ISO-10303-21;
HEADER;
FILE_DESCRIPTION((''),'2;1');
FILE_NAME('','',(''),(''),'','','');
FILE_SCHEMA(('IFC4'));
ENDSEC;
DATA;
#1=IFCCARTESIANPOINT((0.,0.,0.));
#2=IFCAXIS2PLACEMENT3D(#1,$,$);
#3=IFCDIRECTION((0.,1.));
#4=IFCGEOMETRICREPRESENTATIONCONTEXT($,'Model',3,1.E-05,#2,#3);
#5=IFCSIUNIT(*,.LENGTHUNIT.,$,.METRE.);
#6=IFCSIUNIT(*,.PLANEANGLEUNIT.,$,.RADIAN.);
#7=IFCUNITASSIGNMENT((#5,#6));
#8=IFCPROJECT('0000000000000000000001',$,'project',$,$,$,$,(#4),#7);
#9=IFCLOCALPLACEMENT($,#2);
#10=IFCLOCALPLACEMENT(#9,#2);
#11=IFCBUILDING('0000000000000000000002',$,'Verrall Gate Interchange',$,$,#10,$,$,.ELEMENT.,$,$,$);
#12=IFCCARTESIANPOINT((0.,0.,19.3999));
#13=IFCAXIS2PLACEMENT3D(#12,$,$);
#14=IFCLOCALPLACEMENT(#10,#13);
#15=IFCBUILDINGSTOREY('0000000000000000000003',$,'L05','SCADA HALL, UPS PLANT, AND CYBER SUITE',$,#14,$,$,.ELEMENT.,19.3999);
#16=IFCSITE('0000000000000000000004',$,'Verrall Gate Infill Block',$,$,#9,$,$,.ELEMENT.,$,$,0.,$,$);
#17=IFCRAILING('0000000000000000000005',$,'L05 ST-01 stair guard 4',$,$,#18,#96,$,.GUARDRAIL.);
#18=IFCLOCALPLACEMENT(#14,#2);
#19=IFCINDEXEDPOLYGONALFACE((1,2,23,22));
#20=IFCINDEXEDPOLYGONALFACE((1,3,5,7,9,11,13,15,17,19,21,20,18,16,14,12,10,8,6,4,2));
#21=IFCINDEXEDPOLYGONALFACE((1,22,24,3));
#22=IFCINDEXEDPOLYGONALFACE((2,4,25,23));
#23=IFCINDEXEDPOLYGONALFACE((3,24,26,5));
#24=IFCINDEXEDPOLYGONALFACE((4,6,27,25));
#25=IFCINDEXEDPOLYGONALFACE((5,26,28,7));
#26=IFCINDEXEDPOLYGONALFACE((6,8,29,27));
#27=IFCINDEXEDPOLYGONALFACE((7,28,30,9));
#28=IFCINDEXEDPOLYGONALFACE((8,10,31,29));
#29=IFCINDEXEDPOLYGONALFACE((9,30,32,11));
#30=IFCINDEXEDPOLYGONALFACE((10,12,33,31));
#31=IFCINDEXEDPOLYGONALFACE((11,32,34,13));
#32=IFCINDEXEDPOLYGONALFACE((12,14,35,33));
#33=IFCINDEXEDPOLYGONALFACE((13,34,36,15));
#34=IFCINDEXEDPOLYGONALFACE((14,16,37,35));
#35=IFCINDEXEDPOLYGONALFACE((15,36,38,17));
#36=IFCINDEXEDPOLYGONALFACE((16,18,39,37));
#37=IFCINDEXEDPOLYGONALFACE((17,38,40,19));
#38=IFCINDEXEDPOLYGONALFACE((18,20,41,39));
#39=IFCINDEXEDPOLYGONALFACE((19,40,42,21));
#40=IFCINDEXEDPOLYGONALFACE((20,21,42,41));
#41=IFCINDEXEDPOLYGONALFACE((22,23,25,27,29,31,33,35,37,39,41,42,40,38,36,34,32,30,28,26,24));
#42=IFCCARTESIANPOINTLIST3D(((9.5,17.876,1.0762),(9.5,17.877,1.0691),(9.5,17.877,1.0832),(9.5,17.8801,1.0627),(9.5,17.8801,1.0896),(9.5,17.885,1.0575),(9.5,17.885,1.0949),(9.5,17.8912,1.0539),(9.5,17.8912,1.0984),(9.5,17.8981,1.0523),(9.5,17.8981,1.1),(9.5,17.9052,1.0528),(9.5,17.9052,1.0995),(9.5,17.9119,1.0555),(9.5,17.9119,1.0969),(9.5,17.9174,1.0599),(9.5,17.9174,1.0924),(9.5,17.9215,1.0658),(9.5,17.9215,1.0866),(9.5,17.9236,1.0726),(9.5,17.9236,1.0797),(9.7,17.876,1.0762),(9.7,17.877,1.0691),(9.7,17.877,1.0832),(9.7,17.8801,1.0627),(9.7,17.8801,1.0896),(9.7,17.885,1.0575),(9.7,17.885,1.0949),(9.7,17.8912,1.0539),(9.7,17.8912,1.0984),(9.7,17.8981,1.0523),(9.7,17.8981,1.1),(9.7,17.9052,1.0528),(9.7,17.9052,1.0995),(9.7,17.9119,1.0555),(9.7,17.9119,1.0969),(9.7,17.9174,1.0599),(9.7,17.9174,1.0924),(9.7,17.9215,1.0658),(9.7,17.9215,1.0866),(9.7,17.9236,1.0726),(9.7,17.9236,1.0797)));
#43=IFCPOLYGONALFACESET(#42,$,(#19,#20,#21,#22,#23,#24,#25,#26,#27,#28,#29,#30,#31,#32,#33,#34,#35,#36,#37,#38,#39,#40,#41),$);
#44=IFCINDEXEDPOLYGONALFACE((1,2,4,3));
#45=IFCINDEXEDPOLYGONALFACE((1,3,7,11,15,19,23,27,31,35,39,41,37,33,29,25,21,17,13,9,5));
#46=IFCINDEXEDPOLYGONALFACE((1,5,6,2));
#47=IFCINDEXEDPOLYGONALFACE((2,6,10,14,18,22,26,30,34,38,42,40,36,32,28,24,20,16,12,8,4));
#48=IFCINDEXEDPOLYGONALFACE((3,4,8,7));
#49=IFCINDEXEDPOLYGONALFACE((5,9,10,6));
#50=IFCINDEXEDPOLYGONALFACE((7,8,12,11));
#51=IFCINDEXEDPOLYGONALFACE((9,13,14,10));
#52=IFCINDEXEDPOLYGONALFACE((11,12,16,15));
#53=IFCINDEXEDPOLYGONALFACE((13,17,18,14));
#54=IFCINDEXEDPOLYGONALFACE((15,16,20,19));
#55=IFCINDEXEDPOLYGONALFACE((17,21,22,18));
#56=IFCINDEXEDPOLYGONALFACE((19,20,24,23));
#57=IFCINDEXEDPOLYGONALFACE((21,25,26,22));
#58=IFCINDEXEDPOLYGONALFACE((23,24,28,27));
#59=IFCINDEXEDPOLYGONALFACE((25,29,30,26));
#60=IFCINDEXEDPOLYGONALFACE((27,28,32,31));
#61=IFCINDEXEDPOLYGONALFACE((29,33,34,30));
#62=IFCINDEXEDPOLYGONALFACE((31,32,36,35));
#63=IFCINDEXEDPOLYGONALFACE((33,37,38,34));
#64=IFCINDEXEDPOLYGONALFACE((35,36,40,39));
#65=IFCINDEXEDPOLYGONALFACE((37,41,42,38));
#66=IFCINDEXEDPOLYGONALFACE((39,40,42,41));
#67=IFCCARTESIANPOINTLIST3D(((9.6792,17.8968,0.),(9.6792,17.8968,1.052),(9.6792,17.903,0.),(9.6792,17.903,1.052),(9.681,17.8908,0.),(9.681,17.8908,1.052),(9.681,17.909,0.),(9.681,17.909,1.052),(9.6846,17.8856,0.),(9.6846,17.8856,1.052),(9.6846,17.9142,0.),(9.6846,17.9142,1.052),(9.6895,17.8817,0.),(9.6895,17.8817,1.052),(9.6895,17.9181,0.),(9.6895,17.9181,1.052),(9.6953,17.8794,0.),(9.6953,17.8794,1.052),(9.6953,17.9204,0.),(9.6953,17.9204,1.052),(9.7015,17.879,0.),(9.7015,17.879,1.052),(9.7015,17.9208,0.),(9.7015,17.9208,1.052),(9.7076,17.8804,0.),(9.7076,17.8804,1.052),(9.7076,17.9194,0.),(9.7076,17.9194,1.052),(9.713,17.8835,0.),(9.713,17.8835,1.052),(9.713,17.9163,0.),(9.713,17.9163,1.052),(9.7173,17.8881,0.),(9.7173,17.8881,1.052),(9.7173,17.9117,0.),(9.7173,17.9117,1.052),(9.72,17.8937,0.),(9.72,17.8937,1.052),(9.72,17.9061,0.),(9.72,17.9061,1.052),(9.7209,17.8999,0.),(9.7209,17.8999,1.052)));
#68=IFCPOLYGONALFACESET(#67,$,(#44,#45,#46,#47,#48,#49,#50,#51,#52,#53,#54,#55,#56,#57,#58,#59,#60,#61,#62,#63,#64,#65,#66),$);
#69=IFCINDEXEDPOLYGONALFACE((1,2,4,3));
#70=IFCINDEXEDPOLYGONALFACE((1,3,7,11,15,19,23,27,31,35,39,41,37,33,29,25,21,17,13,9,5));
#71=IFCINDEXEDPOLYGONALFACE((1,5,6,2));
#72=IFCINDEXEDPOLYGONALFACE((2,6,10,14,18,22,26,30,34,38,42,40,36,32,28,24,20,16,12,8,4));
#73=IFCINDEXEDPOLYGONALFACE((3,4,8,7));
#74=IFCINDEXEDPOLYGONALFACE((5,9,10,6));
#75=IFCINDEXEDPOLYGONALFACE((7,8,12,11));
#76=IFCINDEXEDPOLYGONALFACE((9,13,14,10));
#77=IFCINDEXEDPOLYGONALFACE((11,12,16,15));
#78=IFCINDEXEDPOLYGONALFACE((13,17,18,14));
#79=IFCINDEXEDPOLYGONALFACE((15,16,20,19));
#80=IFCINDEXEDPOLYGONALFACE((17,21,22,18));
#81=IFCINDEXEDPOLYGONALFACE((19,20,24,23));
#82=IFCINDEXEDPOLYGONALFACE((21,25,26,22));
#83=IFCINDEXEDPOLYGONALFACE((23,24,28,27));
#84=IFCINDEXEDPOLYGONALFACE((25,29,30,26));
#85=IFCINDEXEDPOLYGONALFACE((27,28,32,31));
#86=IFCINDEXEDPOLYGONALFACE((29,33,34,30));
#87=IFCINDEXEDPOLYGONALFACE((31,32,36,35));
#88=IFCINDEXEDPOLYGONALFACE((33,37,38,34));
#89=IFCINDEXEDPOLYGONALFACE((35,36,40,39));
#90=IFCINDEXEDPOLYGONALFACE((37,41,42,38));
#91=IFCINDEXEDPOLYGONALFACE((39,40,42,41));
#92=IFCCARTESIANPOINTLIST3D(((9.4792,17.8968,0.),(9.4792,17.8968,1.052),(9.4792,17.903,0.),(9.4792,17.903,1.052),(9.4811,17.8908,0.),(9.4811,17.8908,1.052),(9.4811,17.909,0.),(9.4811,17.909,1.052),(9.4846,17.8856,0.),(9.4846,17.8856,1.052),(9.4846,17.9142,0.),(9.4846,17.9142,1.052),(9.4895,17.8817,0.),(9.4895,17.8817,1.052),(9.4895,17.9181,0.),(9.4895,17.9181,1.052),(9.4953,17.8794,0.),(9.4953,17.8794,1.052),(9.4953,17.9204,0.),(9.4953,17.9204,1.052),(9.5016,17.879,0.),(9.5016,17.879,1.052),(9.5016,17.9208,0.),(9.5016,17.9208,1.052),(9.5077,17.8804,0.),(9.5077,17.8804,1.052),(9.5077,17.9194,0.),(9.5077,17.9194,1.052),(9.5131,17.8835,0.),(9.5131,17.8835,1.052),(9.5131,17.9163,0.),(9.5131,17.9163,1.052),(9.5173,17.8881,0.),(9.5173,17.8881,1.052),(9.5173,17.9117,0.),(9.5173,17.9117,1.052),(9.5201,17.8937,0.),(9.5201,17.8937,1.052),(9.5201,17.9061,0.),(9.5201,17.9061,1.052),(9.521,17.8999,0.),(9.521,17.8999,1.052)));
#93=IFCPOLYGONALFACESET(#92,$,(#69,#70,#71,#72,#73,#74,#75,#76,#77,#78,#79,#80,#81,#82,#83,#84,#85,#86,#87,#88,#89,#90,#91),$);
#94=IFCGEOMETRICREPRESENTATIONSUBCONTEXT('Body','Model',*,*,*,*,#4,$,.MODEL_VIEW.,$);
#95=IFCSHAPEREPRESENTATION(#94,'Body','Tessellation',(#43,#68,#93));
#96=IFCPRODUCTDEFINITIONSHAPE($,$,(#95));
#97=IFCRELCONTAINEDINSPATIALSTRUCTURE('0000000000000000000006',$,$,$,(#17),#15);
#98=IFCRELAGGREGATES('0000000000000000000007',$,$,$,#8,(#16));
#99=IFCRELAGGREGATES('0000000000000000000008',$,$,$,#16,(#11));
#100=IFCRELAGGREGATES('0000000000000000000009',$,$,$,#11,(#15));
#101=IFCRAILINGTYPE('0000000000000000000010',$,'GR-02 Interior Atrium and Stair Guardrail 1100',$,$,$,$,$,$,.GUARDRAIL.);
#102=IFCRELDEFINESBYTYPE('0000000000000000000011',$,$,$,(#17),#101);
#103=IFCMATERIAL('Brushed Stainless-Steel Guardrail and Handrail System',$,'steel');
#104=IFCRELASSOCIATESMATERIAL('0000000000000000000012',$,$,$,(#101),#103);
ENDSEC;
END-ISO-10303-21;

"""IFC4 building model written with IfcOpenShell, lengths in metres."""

from ifc_helpers import new_model, si_unit, direction, frame, origin, origin_2d, place, context, subcontext, project, spatial, circle, extrude, material, type_object, element, save


model = new_model("IFC4")

# Units and contexts
model_context = context("Model", 3, precision=1e-05, world=origin(), true_north=direction((0.0, 1.0)))
body_context = subcontext(model_context, "Body", "Model", "MODEL_VIEW")
ifc_project = project(units=[si_unit("LENGTHUNIT", "METRE"), si_unit("PLANEANGLEUNIT", "RADIAN")], contexts=[model_context])

# Site, building, storey
site_placement = place(None, origin())
site = spatial("IfcSite", under=ifc_project, at=site_placement, Name="Verrall Gate Infill Block", CompositionType="ELEMENT", RefElevation=0.0)
building_placement = place(site_placement, origin())
building = spatial("IfcBuilding", under=site, at=building_placement, Name="Verrall Gate Interchange", CompositionType="ELEMENT")
storey_placement = place(building_placement, frame((0.0, 0.0, 19.3999)))
storey = spatial("IfcBuildingStorey", under=building, at=storey_placement, Name="L05", Description="SCADA HALL, UPS PLANT, AND CYBER SUITE", CompositionType="ELEMENT", Elevation=19.3999)

# Railing
ifc_material_1 = material(Name="Brushed Stainless-Steel Guardrail and Handrail System", Category="steel")
railing_type_1 = type_object("IfcRailingType", Name="GR-02 Interior Atrium and Stair Guardrail 1100", PredefinedType="GUARDRAIL", material=ifc_material_1)
railing_1_placement = place(storey_placement, frame((9.7, 17.8999, 0.0)))
element("IfcRailing", 1, at=railing_1_placement, inside=storey, type_object=railing_type_1, Name="L05 ST-01 stair guard 4", PredefinedType="GUARDRAIL", context=body_context, shape_type="SweptSolid", body=[
    extrude(circle(Radius=0.0239, at=origin_2d()), frame((0.0, 0.0, 1.0762), z_axis=(-1.0, 0.0, 0.0), x_axis=(0.0, -1.0, 0.0)), (0.0, 0.0, 1.0), 0.2),
    extrude(circle(Radius=0.021, at=origin_2d()), origin(), (0.0, 0.0, 1.0), 1.052),
    extrude(circle(Radius=0.021, at=origin_2d()), frame((-0.2, 0.0, 0.0)), (0.0, 0.0, 1.0), 1.052),
])

save(model, "model.ifc")
